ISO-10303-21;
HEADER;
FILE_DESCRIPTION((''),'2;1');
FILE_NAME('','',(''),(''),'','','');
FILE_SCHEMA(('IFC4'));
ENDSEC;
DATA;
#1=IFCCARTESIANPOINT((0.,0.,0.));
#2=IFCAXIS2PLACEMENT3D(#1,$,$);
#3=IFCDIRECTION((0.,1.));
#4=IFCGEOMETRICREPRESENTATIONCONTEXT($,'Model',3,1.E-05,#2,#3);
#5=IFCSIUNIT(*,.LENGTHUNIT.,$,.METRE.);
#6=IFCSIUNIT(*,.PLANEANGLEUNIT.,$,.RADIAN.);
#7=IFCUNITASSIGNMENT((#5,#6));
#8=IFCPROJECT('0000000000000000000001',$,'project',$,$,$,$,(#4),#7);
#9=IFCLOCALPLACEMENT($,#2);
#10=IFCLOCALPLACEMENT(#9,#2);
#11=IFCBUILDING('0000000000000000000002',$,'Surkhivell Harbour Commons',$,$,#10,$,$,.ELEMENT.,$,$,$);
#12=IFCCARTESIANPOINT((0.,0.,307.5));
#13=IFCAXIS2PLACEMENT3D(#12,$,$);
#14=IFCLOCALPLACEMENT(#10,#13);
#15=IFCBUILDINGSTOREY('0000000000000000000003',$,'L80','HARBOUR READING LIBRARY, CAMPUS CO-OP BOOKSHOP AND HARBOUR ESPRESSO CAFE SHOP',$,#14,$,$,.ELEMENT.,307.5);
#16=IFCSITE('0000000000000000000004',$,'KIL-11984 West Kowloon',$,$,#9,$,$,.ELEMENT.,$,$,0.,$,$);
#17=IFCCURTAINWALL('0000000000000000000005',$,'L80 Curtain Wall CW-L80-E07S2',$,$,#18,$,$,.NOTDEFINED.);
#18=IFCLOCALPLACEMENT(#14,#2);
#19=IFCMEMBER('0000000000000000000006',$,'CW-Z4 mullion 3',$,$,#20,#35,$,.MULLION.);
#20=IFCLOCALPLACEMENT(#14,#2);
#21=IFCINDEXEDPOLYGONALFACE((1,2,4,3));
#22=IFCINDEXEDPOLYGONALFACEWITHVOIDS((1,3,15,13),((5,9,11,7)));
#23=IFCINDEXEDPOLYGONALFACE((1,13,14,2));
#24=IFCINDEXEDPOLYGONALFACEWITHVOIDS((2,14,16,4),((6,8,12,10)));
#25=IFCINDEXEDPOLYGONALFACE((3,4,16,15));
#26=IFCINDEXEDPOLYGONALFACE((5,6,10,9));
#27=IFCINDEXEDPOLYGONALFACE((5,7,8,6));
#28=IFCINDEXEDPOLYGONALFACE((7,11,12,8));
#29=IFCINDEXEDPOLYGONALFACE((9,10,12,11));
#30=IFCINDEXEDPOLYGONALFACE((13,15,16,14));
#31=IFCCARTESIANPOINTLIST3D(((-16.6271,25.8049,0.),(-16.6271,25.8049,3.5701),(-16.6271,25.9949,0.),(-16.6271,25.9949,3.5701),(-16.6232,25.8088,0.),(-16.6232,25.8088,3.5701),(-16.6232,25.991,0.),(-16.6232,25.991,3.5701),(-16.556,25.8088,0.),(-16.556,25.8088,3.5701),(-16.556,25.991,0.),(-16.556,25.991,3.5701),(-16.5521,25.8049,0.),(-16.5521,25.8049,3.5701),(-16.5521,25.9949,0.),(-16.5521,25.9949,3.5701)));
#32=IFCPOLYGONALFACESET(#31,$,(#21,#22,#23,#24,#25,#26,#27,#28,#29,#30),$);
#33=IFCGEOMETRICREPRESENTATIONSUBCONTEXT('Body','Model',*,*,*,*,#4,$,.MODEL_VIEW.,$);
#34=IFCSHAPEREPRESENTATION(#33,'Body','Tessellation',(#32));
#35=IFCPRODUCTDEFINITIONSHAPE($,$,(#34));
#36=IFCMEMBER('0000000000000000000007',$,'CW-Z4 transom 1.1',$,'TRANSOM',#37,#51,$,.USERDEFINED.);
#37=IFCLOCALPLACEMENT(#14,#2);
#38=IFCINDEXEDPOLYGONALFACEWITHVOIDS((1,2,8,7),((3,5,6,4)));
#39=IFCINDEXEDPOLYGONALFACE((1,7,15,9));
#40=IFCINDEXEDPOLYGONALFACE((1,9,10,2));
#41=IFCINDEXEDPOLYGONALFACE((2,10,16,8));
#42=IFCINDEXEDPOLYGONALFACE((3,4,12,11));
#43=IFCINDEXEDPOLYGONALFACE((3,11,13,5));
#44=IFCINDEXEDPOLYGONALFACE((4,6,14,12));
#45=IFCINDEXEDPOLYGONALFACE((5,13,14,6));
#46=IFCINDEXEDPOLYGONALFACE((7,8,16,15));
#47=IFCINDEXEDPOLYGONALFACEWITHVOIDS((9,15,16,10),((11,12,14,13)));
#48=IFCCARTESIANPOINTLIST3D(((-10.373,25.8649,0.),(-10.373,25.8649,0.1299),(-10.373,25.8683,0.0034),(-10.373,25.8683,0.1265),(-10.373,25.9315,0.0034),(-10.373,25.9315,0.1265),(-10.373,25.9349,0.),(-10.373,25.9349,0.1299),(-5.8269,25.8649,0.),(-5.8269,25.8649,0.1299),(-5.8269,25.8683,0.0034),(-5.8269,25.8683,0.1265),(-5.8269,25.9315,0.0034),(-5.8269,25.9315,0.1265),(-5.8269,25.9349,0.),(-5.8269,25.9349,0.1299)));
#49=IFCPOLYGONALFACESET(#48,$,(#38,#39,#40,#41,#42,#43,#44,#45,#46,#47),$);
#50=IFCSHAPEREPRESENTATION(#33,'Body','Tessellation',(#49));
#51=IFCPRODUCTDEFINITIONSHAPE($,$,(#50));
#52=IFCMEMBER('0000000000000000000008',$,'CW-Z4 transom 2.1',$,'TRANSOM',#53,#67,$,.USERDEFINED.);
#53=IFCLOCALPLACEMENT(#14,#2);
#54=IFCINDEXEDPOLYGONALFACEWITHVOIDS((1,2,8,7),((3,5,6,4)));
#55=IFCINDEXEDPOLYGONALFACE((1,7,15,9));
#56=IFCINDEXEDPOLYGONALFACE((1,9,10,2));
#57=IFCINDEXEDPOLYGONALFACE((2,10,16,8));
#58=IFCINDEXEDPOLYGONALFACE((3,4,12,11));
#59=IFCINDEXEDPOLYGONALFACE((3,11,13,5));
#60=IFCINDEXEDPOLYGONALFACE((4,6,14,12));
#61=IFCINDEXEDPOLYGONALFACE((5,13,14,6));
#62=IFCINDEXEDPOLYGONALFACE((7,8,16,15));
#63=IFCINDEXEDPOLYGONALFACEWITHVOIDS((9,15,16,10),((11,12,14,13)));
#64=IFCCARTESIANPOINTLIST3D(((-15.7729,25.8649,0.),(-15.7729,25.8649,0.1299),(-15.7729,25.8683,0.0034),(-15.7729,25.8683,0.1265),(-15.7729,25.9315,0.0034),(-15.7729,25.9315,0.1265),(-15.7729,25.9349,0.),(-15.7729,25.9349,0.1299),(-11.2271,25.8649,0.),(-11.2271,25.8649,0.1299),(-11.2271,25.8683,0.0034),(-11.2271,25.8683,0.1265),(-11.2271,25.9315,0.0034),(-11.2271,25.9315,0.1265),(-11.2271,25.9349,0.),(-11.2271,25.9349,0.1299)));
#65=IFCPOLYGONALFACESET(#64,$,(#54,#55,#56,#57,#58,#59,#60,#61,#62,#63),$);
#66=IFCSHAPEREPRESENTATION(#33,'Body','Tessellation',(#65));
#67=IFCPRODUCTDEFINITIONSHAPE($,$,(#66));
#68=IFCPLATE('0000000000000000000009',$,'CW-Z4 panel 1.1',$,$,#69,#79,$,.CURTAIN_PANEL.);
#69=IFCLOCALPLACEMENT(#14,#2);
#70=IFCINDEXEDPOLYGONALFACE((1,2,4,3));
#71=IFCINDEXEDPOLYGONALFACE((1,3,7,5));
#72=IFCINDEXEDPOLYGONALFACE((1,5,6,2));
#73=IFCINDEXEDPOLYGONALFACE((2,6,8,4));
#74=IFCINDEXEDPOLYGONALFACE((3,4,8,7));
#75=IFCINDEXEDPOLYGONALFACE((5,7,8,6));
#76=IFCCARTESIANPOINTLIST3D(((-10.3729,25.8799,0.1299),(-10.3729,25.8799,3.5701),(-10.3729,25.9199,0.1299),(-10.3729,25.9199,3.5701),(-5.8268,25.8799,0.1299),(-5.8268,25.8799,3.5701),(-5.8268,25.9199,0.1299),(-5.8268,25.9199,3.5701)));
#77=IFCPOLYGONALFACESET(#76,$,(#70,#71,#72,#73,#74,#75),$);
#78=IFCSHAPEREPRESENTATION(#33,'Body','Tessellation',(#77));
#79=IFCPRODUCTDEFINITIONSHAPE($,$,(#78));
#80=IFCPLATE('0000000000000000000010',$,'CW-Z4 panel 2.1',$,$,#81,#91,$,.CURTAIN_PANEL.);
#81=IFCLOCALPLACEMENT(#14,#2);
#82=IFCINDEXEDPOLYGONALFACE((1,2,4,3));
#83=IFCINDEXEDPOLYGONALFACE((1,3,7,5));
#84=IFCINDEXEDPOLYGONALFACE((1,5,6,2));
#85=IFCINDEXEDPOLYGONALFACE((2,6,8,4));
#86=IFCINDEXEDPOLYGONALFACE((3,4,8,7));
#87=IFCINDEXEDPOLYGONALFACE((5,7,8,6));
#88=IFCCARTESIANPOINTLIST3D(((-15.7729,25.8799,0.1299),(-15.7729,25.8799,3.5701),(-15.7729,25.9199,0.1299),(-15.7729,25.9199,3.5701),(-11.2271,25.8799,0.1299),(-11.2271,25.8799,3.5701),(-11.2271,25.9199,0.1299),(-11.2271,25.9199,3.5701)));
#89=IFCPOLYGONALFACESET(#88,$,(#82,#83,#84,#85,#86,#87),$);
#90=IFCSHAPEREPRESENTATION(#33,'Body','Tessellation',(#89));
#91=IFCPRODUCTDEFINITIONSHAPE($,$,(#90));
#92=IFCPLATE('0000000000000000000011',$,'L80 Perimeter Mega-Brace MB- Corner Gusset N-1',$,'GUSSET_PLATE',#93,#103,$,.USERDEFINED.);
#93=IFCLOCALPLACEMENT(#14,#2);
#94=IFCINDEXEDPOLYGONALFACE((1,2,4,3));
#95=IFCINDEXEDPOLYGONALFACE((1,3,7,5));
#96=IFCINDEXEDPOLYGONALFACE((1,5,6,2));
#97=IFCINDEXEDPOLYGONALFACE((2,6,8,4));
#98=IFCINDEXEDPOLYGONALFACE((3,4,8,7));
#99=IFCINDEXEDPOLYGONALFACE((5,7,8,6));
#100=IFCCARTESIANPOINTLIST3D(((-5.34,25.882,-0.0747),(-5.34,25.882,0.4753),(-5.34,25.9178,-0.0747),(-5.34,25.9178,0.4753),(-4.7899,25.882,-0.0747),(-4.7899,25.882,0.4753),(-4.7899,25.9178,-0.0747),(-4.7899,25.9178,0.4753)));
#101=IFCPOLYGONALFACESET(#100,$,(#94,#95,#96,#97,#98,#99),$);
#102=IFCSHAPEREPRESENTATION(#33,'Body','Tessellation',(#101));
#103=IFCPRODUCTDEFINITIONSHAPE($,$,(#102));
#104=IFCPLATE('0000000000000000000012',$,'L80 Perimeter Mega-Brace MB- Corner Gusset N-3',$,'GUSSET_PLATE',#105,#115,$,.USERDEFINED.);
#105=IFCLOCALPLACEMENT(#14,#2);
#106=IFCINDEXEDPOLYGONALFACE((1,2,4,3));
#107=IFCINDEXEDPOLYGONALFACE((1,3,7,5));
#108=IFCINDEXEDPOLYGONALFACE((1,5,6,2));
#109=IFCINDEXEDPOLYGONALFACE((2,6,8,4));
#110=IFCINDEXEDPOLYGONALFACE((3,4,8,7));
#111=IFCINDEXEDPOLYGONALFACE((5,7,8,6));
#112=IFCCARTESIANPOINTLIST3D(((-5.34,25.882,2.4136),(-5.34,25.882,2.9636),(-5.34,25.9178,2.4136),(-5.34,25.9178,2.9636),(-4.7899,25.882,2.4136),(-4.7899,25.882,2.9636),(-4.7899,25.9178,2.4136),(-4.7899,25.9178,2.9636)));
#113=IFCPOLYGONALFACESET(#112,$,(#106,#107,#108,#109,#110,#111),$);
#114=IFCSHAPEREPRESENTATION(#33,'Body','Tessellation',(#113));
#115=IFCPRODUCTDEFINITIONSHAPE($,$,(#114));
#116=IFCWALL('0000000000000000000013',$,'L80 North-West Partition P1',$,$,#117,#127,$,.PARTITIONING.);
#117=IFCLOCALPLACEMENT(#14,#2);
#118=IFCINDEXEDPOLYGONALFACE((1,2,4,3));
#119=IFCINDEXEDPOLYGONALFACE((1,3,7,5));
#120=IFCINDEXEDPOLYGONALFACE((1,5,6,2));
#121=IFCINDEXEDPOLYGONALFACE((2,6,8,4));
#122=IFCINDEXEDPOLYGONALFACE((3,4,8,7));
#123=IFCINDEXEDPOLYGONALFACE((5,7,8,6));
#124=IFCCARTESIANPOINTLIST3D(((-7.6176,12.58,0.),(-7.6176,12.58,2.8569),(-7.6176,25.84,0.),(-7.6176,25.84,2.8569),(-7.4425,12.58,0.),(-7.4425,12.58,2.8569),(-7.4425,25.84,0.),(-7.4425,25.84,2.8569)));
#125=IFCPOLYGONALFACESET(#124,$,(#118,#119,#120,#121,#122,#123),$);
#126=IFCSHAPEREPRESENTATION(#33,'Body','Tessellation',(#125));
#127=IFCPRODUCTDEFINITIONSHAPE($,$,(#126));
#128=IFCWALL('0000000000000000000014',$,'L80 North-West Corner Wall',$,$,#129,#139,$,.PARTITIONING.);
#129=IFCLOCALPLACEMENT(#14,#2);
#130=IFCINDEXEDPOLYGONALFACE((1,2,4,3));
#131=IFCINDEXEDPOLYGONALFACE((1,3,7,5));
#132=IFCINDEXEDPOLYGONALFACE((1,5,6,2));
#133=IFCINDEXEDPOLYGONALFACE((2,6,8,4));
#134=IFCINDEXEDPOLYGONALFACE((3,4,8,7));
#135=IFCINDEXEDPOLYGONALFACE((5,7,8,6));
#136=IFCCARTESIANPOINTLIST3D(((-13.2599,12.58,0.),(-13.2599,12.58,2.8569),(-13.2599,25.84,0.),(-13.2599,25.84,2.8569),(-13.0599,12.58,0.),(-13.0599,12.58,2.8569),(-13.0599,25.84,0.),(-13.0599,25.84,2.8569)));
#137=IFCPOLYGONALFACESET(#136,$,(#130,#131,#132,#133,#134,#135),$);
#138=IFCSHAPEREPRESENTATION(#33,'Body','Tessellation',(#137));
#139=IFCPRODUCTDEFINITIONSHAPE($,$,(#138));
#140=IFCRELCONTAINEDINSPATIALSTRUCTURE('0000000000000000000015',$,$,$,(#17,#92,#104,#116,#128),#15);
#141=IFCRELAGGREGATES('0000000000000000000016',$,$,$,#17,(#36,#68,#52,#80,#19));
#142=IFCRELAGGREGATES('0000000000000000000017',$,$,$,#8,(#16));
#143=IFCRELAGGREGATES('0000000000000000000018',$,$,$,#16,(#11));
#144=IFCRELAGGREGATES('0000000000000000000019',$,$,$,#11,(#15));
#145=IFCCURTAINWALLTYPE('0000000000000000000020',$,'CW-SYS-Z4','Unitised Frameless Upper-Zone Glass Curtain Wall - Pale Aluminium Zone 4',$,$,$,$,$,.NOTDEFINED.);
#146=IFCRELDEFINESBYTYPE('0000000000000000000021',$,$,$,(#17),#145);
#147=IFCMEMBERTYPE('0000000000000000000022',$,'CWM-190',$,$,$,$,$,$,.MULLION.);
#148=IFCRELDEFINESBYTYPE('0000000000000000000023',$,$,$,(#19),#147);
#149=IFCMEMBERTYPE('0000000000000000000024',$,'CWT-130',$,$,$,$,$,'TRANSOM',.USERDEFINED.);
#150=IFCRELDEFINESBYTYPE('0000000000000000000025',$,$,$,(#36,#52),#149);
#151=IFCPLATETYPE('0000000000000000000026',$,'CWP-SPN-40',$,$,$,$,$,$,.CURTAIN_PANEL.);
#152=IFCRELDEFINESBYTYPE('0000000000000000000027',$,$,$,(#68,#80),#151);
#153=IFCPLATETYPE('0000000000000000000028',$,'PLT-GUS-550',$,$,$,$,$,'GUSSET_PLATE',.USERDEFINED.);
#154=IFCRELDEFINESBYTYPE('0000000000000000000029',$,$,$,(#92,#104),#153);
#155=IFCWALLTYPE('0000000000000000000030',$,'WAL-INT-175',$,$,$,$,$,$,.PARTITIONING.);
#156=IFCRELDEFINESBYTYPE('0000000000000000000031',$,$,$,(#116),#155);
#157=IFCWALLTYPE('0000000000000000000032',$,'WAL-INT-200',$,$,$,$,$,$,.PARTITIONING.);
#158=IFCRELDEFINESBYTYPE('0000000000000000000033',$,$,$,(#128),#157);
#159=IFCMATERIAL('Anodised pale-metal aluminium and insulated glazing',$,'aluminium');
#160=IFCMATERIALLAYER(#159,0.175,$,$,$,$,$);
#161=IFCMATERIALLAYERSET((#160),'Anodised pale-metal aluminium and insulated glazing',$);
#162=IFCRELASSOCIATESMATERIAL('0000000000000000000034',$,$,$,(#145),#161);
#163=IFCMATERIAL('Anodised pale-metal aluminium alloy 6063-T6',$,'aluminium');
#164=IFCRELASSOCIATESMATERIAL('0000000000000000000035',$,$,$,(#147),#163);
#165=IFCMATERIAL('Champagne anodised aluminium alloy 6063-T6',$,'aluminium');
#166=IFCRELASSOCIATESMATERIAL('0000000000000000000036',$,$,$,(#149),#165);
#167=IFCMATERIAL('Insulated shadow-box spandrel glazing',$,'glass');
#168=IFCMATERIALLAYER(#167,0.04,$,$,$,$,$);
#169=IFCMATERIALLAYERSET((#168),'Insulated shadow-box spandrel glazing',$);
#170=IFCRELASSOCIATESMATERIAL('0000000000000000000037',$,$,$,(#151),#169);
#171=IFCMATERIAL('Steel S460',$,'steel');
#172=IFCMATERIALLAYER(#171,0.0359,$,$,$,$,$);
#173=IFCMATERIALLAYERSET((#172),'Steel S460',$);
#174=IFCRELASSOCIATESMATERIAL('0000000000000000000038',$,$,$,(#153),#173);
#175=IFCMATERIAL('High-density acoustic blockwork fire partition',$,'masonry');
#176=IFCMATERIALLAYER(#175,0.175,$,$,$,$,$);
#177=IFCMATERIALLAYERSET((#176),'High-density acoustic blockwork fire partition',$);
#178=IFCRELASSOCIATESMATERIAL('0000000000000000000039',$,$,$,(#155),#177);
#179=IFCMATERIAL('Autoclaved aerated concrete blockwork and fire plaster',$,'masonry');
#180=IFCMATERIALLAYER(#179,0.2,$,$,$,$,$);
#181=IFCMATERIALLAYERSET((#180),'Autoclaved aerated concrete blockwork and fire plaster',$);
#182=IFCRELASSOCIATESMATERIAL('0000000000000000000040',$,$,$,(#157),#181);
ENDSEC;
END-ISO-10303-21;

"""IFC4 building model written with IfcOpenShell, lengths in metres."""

from ifc_helpers import new_model, si_unit, direction, frame, frame_2d, origin, origin_2d, place, context, subcontext, project, spatial, rectangle, hollow_rectangle, extrude, material, layer, layer_set, material_profile, profile_set, type_object, element, aggregate, save


model = new_model("IFC4")

# Units and contexts
model_context = context("Model", 3, precision=1e-05, world=origin(), true_north=direction((0.0, 1.0)))
body_context = subcontext(model_context, "Body", "Model", "MODEL_VIEW")
ifc_project = project(units=[si_unit("LENGTHUNIT", "METRE"), si_unit("PLANEANGLEUNIT", "RADIAN")], contexts=[model_context])

# Site, building, storey
site_placement = place(None, origin())
site = spatial("IfcSite", under=ifc_project, at=site_placement, Name="KIL-11984 West Kowloon", CompositionType="ELEMENT", RefElevation=0.0)
building_placement = place(site_placement, origin())
building = spatial("IfcBuilding", under=site, at=building_placement, Name="Surkhivell Harbour Commons", CompositionType="ELEMENT")
storey_placement = place(building_placement, frame((0.0, 0.0, 307.5)))
storey = spatial("IfcBuildingStorey", under=building, at=storey_placement, Name="L80", Description="HARBOUR READING LIBRARY, CAMPUS CO-OP BOOKSHOP AND HARBOUR ESPRESSO CAFE SHOP", CompositionType="ELEMENT", Elevation=307.5)

# Curtain wall, members, plates
ifc_material_1 = material(Name="Anodised pale-metal aluminium and insulated glazing", Category="aluminium")
ifc_layer_1 = layer(ifc_material_1, 0.175)
ifc_layer_set_1 = layer_set([ifc_layer_1], Name="Anodised pale-metal aluminium and insulated glazing")
curtain_wall_type = type_object("IfcCurtainWallType", Name="CW-SYS-Z4", Description="Unitised Frameless Upper-Zone Glass Curtain Wall - Pale Aluminium Zone 4", PredefinedType="NOTDEFINED", material=ifc_layer_set_1)
curtain_wall_placement = place(storey_placement, origin())
curtain_wall = element("IfcCurtainWall", 1, at=curtain_wall_placement, inside=storey, type_object=curtain_wall_type, Name="L80 Curtain Wall CW-L80-E07S2", PredefinedType="NOTDEFINED")
ifc_material_2 = material(Name="Anodised pale-metal aluminium alloy 6063-T6", Category="aluminium")
ifc_material_profile_1 = material_profile(ifc_material_2, hollow_rectangle(XDim=0.075, YDim=0.1899, WallThickness=0.0039, at=origin_2d()), Name="ALU-MULL-75x190")
ifc_profile_set_1 = profile_set([ifc_material_profile_1], Name="Anodised pale-metal aluminium alloy 6063-T6")
member_type_1 = type_object("IfcMemberType", Name="CWM-190", PredefinedType="MULLION", material=ifc_profile_set_1)
member_1_placement = place(storey_placement, frame((-16.5896, 25.8999, 0.0), z_axis=(0.0, 0.0, 1.0), x_axis=(-1.0, 0.0, 0.0)))
member_1 = element("IfcMember", 2, at=member_1_placement, type_object=member_type_1, Name="CW-Z4 mullion 3", PredefinedType="MULLION", context=body_context, shape_type="SweptSolid", body=[
    extrude(hollow_rectangle(XDim=0.075, YDim=0.1899, WallThickness=0.0039, at=origin_2d()), origin(), (0.0, 0.0, 1.0), 3.5701),
])
ifc_material_3 = material(Name="Champagne anodised aluminium alloy 6063-T6", Category="aluminium")
ifc_material_profile_2 = material_profile(ifc_material_3, hollow_rectangle(XDim=0.0701, YDim=0.1299, WallThickness=0.0034, at=origin_2d()), Name="ALU-TRAN-70x130")
ifc_profile_set_2 = profile_set([ifc_material_profile_2], Name="Champagne anodised aluminium alloy 6063-T6")
member_type_2 = type_object("IfcMemberType", Name="CWT-130", ElementType="TRANSOM", PredefinedType="USERDEFINED", material=ifc_profile_set_2)
member_2_placement = place(storey_placement, frame((-5.8269, 25.8999, 0.0649), z_axis=(-1.0, 0.0, 0.0), x_axis=(0.0, -1.0, 0.0)))
member_2 = element("IfcMember", 3, at=member_2_placement, type_object=member_type_2, Name="CW-Z4 transom 1.1", ObjectType="TRANSOM", PredefinedType="USERDEFINED", context=body_context, shape_type="SweptSolid", body=[
    extrude(hollow_rectangle(XDim=0.0701, YDim=0.1299, WallThickness=0.0034, at=origin_2d()), origin(), (0.0, 0.0, 1.0), 4.5461),
])
member_3_placement = place(storey_placement, frame((-11.2271, 25.8999, 0.0649), z_axis=(-1.0, 0.0, 0.0), x_axis=(0.0, -1.0, 0.0)))
member_3 = element("IfcMember", 4, at=member_3_placement, type_object=member_type_2, Name="CW-Z4 transom 2.1", ObjectType="TRANSOM", PredefinedType="USERDEFINED", context=body_context, shape_type="SweptSolid", body=[
    extrude(hollow_rectangle(XDim=0.0701, YDim=0.1299, WallThickness=0.0034, at=origin_2d()), origin(), (0.0, 0.0, 1.0), 4.5459),
])
ifc_material_4 = material(Name="Insulated shadow-box spandrel glazing", Category="glass")
ifc_layer_2 = layer(ifc_material_4, 0.04)
ifc_layer_set_2 = layer_set([ifc_layer_2], Name="Insulated shadow-box spandrel glazing")
plate_type_1 = type_object("IfcPlateType", Name="CWP-SPN-40", PredefinedType="CURTAIN_PANEL", material=ifc_layer_set_2)
plate_1_placement = place(storey_placement, frame((-5.8269, 25.8999, 0.1299), z_axis=(0.0, 0.0, 1.0), x_axis=(-1.0, 0.0, 0.0)))
plate_1 = element("IfcPlate", 5, at=plate_1_placement, type_object=plate_type_1, Name="CW-Z4 panel 1.1", PredefinedType="CURTAIN_PANEL", context=body_context, shape_type="SweptSolid", body=[
    extrude(rectangle(XDim=4.5461, YDim=0.04, at=frame_2d((2.2729, 0.0))), origin(), (0.0, 0.0, 1.0), 3.4402),
])
plate_2_placement = place(storey_placement, frame((-11.2271, 25.8999, 0.1299), z_axis=(0.0, 0.0, 1.0), x_axis=(-1.0, 0.0, 0.0)))
plate_2 = element("IfcPlate", 6, at=plate_2_placement, type_object=plate_type_1, Name="CW-Z4 panel 2.1", PredefinedType="CURTAIN_PANEL", context=body_context, shape_type="SweptSolid", body=[
    extrude(rectangle(XDim=4.5459, YDim=0.04, at=frame_2d((2.2729, 0.0))), origin(), (0.0, 0.0, 1.0), 3.4402),
])
aggregate(curtain_wall, [member_2, plate_1, member_3, plate_2, member_1])

# Plates
ifc_material_5 = material(Name="Steel S460", Category="steel")
ifc_layer_3 = layer(ifc_material_5, 0.0359)
ifc_layer_set_3 = layer_set([ifc_layer_3], Name="Steel S460")
plate_type_2 = type_object("IfcPlateType", Name="PLT-GUS-550", ElementType="GUSSET_PLATE", PredefinedType="USERDEFINED", material=ifc_layer_set_3)
for number, where, z_axis, x_axis, name in (
    (7, (-5.0649, 25.8999, -0.0747), (0.0, 0.0, 1.0), (1.0, 0.0, 0.0), "L80 Perimeter Mega-Brace MB- Corner Gusset N-1"),
    (8, (-5.0649, 25.8999, 2.4136), (0.0, 0.0, 1.0), (1.0, 0.0, 0.0), "L80 Perimeter Mega-Brace MB- Corner Gusset N-3"),
):
    element("IfcPlate", number, at=place(storey_placement, frame(where, z_axis=z_axis, x_axis=x_axis)), inside=storey, type_object=plate_type_2, Name=name, ObjectType="GUSSET_PLATE", PredefinedType="USERDEFINED", context=body_context, shape_type="SweptSolid", body=[
        extrude(rectangle(XDim=0.55, YDim=0.0359, at=origin_2d()), origin(), (0.0, 0.0, 1.0), 0.55),
    ])

# Walls
ifc_material_6 = material(Name="High-density acoustic blockwork fire partition", Category="masonry")
ifc_layer_4 = layer(ifc_material_6, 0.175)
ifc_layer_set_4 = layer_set([ifc_layer_4], Name="High-density acoustic blockwork fire partition")
wall_type_1 = type_object("IfcWallType", Name="WAL-INT-175", PredefinedType="PARTITIONING", material=ifc_layer_set_4)
wall_1_placement = place(storey_placement, frame((-7.53, 12.5801, 0.0), z_axis=(0.0, 0.0, 1.0), x_axis=(0.0, 1.0, 0.0)))
element("IfcWall", 9, at=wall_1_placement, inside=storey, type_object=wall_type_1, Name="L80 North-West Partition P1", PredefinedType="PARTITIONING", context=body_context, shape_type="SweptSolid", body=[
    extrude(rectangle(XDim=13.26, YDim=0.175, at=frame_2d((6.6299, 0.0))), origin(), (0.0, 0.0, 1.0), 2.8569),
])
ifc_material_7 = material(Name="Autoclaved aerated concrete blockwork and fire plaster", Category="masonry")
ifc_layer_5 = layer(ifc_material_7, 0.2)
ifc_layer_set_5 = layer_set([ifc_layer_5], Name="Autoclaved aerated concrete blockwork and fire plaster")
wall_type_2 = type_object("IfcWallType", Name="WAL-INT-200", PredefinedType="PARTITIONING", material=ifc_layer_set_5)
wall_2_placement = place(storey_placement, frame((-13.1599, 12.5801, 0.0), z_axis=(0.0, 0.0, 1.0), x_axis=(0.0, 1.0, 0.0)))
element("IfcWall", 10, at=wall_2_placement, inside=storey, type_object=wall_type_2, Name="L80 North-West Corner Wall", PredefinedType="PARTITIONING", context=body_context, shape_type="SweptSolid", body=[
    extrude(rectangle(XDim=13.26, YDim=0.2, at=frame_2d((6.6299, 0.0))), origin(), (0.0, 0.0, 1.0), 2.8569),
])

save(model, "model.ifc")
